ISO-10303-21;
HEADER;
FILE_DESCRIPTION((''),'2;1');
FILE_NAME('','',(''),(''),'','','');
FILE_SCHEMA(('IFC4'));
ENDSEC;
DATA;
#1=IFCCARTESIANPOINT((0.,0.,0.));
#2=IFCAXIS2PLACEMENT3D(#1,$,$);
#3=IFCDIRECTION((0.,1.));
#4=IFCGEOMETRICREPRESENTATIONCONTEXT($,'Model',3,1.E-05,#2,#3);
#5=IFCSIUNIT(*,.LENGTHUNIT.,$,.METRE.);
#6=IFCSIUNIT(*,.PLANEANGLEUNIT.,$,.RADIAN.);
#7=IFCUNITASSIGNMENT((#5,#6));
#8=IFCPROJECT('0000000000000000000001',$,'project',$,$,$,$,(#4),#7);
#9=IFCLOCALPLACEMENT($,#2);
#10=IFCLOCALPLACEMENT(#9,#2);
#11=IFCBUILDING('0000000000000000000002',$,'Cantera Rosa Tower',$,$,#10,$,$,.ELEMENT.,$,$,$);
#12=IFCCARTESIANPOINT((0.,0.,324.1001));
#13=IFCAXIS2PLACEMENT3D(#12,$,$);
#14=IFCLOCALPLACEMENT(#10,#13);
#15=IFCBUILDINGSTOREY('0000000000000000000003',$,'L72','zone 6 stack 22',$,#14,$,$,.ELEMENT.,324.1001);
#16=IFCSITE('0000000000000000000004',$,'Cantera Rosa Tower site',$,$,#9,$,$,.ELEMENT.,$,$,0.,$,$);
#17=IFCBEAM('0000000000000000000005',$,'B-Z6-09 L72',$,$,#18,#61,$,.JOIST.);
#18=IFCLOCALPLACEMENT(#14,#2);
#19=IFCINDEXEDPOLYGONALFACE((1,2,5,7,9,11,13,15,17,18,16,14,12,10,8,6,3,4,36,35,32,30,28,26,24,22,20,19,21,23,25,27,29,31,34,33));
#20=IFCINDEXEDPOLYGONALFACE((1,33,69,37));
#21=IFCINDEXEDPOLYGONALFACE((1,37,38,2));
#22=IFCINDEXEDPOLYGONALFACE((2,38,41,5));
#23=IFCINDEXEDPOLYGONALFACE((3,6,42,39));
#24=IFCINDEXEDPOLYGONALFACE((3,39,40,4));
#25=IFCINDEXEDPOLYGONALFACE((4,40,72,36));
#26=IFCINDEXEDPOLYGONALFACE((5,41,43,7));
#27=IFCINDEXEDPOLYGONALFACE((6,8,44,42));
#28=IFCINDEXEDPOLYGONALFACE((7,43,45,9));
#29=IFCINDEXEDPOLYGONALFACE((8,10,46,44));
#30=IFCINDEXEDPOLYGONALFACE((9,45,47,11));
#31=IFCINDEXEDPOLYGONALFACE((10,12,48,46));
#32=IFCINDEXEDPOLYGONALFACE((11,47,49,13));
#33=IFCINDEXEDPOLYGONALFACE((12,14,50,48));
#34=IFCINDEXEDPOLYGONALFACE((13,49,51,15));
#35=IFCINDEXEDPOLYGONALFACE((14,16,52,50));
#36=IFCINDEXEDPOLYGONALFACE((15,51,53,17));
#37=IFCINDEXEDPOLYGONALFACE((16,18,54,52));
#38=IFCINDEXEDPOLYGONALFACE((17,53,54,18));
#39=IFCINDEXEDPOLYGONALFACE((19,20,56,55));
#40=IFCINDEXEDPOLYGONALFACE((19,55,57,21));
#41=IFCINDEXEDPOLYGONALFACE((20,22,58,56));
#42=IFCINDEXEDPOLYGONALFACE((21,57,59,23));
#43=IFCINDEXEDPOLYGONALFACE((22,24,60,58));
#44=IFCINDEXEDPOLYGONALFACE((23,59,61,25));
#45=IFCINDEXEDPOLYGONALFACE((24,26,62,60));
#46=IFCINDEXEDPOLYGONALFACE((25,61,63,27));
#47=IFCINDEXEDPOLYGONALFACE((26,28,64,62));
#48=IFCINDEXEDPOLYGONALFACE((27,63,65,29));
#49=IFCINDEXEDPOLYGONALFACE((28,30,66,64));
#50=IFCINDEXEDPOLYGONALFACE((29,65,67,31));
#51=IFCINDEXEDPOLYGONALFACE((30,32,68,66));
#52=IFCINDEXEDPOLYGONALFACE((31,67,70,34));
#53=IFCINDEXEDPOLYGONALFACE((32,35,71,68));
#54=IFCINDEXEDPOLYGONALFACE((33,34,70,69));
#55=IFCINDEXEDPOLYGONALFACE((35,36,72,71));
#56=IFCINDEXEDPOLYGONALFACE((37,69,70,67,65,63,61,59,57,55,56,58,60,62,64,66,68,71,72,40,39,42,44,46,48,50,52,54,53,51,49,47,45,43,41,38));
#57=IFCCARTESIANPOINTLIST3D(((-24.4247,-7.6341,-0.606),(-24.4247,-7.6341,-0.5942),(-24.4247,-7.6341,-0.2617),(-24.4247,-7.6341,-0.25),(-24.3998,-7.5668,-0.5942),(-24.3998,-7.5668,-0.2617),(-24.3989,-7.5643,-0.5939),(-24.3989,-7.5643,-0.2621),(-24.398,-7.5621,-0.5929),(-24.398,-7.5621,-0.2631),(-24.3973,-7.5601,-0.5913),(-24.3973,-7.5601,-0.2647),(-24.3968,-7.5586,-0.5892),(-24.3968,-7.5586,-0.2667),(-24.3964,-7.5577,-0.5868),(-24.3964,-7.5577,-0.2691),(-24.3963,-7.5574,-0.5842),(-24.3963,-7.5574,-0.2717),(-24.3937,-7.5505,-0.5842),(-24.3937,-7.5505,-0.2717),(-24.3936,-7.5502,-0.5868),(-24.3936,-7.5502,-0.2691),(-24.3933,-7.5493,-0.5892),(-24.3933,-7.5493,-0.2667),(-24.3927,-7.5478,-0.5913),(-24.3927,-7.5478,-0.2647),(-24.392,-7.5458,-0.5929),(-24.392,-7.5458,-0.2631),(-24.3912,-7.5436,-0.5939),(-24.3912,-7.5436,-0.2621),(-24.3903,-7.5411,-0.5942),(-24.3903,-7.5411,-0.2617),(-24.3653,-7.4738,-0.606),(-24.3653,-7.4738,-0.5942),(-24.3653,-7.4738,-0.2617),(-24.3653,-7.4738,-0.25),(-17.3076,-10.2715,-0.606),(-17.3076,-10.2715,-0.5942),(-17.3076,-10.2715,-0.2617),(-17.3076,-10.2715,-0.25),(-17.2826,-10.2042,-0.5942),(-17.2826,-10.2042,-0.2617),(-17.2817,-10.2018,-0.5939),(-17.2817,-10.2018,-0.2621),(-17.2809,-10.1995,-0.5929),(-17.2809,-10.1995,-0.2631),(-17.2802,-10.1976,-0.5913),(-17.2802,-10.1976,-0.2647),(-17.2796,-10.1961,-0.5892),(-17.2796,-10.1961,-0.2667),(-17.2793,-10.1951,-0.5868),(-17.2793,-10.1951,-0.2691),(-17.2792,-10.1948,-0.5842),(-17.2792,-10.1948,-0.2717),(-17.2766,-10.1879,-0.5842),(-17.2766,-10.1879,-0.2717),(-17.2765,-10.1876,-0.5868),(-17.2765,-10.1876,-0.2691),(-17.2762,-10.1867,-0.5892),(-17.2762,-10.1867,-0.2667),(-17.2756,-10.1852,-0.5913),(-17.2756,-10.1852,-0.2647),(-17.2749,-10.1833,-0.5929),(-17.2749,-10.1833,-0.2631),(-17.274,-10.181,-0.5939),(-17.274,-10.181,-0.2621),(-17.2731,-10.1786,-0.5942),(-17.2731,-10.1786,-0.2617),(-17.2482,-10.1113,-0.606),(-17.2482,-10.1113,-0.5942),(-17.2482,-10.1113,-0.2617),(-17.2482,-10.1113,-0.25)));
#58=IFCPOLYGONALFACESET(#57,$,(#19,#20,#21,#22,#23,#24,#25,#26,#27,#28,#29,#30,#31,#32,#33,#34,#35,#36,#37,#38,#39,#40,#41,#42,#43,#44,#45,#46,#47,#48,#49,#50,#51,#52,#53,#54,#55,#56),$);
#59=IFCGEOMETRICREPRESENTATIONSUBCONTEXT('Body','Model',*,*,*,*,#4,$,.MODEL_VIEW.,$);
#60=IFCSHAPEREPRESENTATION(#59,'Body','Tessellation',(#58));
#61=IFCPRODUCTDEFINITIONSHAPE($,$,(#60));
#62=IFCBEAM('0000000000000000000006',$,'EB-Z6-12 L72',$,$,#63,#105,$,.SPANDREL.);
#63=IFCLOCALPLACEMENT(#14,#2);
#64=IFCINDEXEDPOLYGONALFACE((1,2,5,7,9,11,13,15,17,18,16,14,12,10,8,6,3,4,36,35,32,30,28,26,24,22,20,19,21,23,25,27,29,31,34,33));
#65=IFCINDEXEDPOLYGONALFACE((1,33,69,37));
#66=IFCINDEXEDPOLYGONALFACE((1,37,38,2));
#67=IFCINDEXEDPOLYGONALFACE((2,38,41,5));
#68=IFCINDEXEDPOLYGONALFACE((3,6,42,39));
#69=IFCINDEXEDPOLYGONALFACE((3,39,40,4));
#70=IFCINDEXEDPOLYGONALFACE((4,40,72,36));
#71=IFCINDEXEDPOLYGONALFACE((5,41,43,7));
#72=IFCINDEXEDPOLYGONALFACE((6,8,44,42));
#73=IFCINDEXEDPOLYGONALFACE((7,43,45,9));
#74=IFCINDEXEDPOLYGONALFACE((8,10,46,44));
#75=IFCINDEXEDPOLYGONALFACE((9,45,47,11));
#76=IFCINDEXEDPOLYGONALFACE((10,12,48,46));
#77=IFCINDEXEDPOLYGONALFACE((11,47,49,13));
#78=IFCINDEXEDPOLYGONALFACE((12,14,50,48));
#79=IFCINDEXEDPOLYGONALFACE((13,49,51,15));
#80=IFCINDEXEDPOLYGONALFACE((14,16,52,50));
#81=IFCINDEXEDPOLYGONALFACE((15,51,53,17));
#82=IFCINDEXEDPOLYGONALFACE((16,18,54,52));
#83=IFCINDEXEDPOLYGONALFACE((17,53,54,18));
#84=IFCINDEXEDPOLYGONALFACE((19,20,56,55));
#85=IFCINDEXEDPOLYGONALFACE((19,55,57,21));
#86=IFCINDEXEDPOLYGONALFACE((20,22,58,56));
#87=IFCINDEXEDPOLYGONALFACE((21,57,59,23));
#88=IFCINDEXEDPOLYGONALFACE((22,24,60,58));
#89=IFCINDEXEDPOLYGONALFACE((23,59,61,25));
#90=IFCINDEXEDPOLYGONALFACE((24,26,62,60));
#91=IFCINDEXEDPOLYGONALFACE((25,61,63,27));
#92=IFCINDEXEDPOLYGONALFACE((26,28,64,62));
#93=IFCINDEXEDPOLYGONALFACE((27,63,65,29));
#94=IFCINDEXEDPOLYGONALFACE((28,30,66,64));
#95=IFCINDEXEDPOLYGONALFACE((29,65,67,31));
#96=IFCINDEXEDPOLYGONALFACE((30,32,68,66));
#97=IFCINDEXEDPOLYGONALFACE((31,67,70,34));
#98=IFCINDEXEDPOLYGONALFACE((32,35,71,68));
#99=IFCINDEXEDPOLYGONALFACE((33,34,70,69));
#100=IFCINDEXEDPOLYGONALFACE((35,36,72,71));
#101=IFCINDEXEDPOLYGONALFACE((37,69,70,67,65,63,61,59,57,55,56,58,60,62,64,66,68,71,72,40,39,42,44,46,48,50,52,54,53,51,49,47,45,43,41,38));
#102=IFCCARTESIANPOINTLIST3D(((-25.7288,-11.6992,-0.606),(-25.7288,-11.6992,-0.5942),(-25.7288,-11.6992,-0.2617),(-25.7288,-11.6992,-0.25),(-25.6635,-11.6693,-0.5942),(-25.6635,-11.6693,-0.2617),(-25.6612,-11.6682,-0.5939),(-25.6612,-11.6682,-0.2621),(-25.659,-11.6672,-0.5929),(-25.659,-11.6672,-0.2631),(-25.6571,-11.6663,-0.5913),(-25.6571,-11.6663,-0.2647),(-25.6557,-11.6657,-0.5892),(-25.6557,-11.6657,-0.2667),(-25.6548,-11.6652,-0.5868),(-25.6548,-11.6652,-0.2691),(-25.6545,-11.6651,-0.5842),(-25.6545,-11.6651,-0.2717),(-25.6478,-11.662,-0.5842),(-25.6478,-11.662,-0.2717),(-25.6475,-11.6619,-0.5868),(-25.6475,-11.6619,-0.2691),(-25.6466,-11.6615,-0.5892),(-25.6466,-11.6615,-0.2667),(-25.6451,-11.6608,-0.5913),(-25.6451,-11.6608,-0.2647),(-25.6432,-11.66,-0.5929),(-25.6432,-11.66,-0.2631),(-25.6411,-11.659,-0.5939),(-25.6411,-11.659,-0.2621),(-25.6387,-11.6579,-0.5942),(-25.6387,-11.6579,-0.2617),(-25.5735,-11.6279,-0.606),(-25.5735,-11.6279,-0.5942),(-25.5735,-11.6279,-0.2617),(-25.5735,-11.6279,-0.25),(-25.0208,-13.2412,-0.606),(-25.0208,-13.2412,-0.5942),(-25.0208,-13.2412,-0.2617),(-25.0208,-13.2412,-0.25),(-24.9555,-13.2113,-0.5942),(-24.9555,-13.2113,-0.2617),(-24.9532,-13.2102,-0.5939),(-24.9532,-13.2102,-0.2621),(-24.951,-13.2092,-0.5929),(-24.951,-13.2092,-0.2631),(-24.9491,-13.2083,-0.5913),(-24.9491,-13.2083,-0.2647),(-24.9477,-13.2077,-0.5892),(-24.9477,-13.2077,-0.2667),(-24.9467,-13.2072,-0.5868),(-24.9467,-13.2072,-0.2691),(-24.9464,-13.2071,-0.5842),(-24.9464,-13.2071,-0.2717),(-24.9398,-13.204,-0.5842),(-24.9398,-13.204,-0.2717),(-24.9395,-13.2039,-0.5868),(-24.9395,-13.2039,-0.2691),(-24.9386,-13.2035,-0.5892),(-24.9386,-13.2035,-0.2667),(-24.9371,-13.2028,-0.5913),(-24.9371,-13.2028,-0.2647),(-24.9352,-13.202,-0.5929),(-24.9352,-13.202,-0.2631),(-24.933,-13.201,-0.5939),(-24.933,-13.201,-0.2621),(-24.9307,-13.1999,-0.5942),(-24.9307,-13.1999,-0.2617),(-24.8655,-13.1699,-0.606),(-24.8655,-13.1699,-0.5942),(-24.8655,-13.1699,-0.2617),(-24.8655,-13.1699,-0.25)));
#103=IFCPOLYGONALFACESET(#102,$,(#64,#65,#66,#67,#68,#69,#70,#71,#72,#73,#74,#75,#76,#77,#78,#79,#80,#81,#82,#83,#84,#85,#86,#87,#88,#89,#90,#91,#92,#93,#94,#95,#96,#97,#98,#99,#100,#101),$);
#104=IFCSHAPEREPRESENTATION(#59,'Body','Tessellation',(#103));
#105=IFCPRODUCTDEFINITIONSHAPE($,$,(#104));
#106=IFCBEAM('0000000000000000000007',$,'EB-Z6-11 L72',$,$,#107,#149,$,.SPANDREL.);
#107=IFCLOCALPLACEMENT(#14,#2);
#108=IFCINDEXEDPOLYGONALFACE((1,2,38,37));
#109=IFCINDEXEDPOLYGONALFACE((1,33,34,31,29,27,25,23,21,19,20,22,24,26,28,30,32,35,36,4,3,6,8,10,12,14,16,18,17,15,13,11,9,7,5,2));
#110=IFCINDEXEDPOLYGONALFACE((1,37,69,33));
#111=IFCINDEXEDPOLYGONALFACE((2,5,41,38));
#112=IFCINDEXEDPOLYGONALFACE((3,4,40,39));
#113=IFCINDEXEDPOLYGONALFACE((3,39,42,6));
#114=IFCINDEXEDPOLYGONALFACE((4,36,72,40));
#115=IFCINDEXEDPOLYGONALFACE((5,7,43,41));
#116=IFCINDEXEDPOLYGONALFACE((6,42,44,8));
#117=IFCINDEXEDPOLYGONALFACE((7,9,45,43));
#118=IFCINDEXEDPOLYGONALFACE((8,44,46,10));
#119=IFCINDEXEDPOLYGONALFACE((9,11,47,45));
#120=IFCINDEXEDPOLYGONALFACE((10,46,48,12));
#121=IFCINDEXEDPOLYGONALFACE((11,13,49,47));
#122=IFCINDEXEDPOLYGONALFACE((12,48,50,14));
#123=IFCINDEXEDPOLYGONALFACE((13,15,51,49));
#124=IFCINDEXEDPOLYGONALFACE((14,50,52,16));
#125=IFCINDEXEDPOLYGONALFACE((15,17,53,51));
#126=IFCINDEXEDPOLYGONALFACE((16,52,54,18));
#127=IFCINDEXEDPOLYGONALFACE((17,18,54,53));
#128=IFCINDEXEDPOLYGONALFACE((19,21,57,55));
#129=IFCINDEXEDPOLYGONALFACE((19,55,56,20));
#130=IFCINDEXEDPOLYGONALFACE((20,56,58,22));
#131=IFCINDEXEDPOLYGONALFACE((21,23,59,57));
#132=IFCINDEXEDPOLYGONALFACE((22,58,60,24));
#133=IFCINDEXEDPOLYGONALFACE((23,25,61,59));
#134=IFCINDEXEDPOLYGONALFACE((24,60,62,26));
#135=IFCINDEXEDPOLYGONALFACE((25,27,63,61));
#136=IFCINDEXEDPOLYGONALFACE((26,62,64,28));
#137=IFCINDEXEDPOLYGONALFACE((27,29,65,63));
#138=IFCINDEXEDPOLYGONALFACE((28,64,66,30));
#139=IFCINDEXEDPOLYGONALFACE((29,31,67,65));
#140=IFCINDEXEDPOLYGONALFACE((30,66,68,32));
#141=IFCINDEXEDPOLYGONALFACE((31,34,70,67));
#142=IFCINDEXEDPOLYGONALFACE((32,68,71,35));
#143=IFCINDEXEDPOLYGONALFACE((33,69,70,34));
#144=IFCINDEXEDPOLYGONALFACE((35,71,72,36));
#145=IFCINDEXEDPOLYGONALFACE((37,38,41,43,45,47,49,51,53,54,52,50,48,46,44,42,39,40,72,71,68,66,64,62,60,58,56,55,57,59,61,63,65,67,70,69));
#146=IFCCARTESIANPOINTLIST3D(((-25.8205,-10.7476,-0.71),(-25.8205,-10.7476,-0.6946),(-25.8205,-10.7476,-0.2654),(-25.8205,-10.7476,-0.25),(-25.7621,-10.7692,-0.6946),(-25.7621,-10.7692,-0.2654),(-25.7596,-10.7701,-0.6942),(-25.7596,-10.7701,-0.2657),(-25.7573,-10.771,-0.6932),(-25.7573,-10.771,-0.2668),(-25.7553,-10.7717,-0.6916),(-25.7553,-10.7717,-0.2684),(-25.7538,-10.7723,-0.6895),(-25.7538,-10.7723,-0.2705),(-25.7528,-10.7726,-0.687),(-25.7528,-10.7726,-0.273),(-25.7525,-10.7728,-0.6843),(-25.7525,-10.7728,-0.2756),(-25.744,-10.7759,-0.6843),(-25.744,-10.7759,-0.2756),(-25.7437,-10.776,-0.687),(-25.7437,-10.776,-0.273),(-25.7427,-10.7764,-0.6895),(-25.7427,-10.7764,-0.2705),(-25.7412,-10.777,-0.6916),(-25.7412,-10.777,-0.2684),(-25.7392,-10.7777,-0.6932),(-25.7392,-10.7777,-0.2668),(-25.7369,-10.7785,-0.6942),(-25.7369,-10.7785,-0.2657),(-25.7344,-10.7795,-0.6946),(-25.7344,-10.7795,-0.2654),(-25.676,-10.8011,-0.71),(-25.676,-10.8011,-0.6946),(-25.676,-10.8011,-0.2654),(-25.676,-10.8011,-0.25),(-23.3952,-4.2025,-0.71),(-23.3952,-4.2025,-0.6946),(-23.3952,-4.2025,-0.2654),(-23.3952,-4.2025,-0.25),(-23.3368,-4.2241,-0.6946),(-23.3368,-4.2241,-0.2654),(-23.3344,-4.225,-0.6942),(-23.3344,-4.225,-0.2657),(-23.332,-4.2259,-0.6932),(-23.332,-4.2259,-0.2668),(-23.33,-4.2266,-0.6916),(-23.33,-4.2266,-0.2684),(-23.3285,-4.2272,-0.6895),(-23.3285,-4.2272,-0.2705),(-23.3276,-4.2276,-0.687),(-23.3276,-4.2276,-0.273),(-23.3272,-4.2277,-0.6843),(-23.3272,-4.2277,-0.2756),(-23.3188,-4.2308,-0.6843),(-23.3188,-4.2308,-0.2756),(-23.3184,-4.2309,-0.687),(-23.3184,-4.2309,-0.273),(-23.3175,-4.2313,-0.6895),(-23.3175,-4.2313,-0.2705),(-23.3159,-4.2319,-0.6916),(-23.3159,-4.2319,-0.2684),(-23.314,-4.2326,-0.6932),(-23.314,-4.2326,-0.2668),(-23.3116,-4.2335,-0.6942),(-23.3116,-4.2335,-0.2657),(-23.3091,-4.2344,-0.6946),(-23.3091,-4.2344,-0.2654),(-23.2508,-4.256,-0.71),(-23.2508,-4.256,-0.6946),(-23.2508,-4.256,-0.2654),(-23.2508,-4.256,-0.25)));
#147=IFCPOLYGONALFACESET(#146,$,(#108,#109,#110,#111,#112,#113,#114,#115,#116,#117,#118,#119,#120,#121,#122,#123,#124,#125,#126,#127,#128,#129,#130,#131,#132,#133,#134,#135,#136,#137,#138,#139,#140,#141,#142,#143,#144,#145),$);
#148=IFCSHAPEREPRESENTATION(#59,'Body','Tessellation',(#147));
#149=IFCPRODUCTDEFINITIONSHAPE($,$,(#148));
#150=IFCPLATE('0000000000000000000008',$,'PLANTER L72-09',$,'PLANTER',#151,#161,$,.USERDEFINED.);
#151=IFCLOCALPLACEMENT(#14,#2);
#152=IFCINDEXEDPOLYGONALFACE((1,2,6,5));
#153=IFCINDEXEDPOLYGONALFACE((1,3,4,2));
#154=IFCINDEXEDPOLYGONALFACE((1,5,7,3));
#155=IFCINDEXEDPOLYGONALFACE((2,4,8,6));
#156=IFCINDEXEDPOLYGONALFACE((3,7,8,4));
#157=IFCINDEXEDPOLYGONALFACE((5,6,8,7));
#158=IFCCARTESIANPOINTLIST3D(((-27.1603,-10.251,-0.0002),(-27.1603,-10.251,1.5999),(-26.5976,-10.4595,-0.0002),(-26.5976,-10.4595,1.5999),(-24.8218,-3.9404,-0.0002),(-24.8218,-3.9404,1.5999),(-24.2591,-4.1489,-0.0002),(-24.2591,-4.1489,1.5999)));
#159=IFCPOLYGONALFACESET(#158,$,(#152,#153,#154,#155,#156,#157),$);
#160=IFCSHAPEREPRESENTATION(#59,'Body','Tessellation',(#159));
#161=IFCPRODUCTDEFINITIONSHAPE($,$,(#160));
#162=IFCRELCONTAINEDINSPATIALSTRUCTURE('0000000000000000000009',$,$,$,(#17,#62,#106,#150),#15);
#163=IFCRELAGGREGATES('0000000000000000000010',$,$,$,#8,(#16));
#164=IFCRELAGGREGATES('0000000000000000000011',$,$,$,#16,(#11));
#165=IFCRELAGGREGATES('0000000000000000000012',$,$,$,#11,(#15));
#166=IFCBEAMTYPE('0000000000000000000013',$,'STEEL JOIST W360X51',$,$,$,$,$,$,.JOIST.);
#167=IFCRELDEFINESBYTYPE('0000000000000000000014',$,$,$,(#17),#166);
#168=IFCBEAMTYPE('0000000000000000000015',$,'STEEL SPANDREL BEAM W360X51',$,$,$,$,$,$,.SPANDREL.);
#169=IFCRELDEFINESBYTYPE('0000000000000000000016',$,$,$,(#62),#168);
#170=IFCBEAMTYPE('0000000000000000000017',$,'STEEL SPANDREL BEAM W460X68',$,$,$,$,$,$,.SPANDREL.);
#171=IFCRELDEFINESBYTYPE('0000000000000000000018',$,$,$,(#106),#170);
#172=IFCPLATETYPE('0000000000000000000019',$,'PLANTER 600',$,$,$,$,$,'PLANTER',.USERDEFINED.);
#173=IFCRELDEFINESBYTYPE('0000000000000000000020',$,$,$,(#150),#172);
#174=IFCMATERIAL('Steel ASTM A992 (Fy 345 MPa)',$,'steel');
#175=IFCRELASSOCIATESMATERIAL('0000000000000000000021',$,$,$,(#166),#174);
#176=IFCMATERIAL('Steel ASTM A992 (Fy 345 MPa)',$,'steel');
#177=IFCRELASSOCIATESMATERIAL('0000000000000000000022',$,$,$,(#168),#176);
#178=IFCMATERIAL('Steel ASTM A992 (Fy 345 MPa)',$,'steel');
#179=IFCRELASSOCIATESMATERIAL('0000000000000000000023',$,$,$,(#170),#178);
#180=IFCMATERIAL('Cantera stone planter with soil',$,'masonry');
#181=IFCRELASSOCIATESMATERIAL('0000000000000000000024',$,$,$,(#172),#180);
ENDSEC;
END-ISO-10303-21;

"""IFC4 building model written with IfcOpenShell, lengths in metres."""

from ifc_helpers import new_model, si_unit, direction, frame, origin, origin_2d, place, context, subcontext, project, spatial, rectangle, i_section, extrude, material, material_profile, profile_set, type_object, element, save


model = new_model("IFC4")

# Units and contexts
model_context = context("Model", 3, precision=1e-05, world=origin(), true_north=direction((0.0, 1.0)))
body_context = subcontext(model_context, "Body", "Model", "MODEL_VIEW")
ifc_project = project(units=[si_unit("LENGTHUNIT", "METRE"), si_unit("PLANEANGLEUNIT", "RADIAN")], contexts=[model_context])

# Site, building, storey
site_placement = place(None, origin())
site = spatial("IfcSite", under=ifc_project, at=site_placement, Name="Cantera Rosa Tower site", CompositionType="ELEMENT", RefElevation=0.0)
building_placement = place(site_placement, origin())
building = spatial("IfcBuilding", under=site, at=building_placement, Name="Cantera Rosa Tower", CompositionType="ELEMENT")
storey_placement = place(building_placement, frame((0.0, 0.0, 324.1001)))
storey = spatial("IfcBuildingStorey", under=building, at=storey_placement, Name="L72", Description="zone 6 stack 22", CompositionType="ELEMENT", Elevation=324.1001)

# Beams
ifc_material_1 = material(Name="Steel ASTM A992 (Fy 345 MPa)", Category="steel")
ifc_material_profile_1 = material_profile(ifc_material_1, i_section(OverallWidth=0.1709, OverallDepth=0.356, WebThickness=0.0073, FlangeThickness=0.0117, FilletRadius=0.01, at=origin_2d()), Name="W360X51")
ifc_profile_set_1 = profile_set([ifc_material_profile_1], Name="Steel ASTM A992 (Fy 345 MPa)")
beam_type_1 = type_object("IfcBeamType", Name="STEEL JOIST W360X51", PredefinedType="JOIST", material=ifc_profile_set_1)
beam_1_placement = place(storey_placement, frame((-24.395, -7.554, -0.428), z_axis=(0.937686, -0.347483, 0.0), x_axis=(0.347483, 0.937686, 0.0)))
element("IfcBeam", 1, at=beam_1_placement, inside=storey, type_object=beam_type_1, Name="B-Z6-09 L72", PredefinedType="JOIST", context=body_context, shape_type="SweptSolid", body=[
    extrude(i_section(OverallWidth=0.1709, OverallDepth=0.356, WebThickness=0.0073, FlangeThickness=0.0117, FilletRadius=0.01, at=origin_2d()), origin(), (0.0, 0.0, 1.0), 7.5901),
])
ifc_material_2 = material(Name="Steel ASTM A992 (Fy 345 MPa)", Category="steel")
ifc_material_profile_2 = material_profile(ifc_material_2, i_section(OverallWidth=0.1709, OverallDepth=0.356, WebThickness=0.0073, FlangeThickness=0.0117, FilletRadius=0.01, at=origin_2d()), Name="W360X51")
ifc_profile_set_2 = profile_set([ifc_material_profile_2], Name="Steel ASTM A992 (Fy 345 MPa)")
beam_type_2 = type_object("IfcBeamType", Name="STEEL SPANDREL BEAM W360X51", PredefinedType="SPANDREL", material=ifc_profile_set_2)
beam_2_placement = place(storey_placement, frame((-25.6511, -11.6636, -0.428), z_axis=(0.417269, -0.908783, 0.0), x_axis=(0.908783, 0.417269, 0.0)))
element("IfcBeam", 2, at=beam_2_placement, inside=storey, type_object=beam_type_2, Name="EB-Z6-12 L72", PredefinedType="SPANDREL", context=body_context, shape_type="SweptSolid", body=[
    extrude(i_section(OverallWidth=0.1709, OverallDepth=0.356, WebThickness=0.0073, FlangeThickness=0.0117, FilletRadius=0.01, at=origin_2d()), origin(), (0.0, 0.0, 1.0), 1.6968),
])
ifc_material_3 = material(Name="Steel ASTM A992 (Fy 345 MPa)", Category="steel")
ifc_material_profile_3 = material_profile(ifc_material_3, i_section(OverallWidth=0.1541, OverallDepth=0.46, WebThickness=0.009, FlangeThickness=0.0154, FilletRadius=0.0103, at=origin_2d()), Name="W460X68")
ifc_profile_set_3 = profile_set([ifc_material_profile_3], Name="Steel ASTM A992 (Fy 345 MPa)")
beam_type_3 = type_object("IfcBeamType", Name="STEEL SPANDREL BEAM W460X68", PredefinedType="SPANDREL", material=ifc_profile_set_3)
beam_3_placement = place(storey_placement, frame((-23.323, -4.2292, -0.48), z_axis=(-0.34746, -0.937695, 0.0), x_axis=(0.937695, -0.34746, 0.0)))
element("IfcBeam", 3, at=beam_3_placement, inside=storey, type_object=beam_type_3, Name="EB-Z6-11 L72", PredefinedType="SPANDREL", context=body_context, shape_type="SweptSolid", body=[
    extrude(i_section(OverallWidth=0.1541, OverallDepth=0.46, WebThickness=0.009, FlangeThickness=0.0154, FilletRadius=0.0103, at=origin_2d()), origin(), (0.0, 0.0, 1.0), 6.98),
])

# Plate
ifc_material_4 = material(Name="Cantera stone planter with soil", Category="masonry")
plate_type = type_object("IfcPlateType", Name="PLANTER 600", ElementType="PLANTER", PredefinedType="USERDEFINED", material=ifc_material_4)
plate_placement = place(storey_placement, frame((-25.7097, -7.2, -0.0002), z_axis=(0.0, 0.0, 1.0), x_axis=(-0.347481, -0.937687, 0.0)))
element("IfcPlate", 4, at=plate_placement, inside=storey, type_object=plate_type, Name="PLANTER L72-09", ObjectType="PLANTER", PredefinedType="USERDEFINED", context=body_context, shape_type="SweptSolid", body=[
    extrude(rectangle(XDim=6.73, YDim=0.6001, at=origin_2d()), origin(), (0.0, 0.0, 1.0), 1.6001),
])

save(model, "model.ifc")
